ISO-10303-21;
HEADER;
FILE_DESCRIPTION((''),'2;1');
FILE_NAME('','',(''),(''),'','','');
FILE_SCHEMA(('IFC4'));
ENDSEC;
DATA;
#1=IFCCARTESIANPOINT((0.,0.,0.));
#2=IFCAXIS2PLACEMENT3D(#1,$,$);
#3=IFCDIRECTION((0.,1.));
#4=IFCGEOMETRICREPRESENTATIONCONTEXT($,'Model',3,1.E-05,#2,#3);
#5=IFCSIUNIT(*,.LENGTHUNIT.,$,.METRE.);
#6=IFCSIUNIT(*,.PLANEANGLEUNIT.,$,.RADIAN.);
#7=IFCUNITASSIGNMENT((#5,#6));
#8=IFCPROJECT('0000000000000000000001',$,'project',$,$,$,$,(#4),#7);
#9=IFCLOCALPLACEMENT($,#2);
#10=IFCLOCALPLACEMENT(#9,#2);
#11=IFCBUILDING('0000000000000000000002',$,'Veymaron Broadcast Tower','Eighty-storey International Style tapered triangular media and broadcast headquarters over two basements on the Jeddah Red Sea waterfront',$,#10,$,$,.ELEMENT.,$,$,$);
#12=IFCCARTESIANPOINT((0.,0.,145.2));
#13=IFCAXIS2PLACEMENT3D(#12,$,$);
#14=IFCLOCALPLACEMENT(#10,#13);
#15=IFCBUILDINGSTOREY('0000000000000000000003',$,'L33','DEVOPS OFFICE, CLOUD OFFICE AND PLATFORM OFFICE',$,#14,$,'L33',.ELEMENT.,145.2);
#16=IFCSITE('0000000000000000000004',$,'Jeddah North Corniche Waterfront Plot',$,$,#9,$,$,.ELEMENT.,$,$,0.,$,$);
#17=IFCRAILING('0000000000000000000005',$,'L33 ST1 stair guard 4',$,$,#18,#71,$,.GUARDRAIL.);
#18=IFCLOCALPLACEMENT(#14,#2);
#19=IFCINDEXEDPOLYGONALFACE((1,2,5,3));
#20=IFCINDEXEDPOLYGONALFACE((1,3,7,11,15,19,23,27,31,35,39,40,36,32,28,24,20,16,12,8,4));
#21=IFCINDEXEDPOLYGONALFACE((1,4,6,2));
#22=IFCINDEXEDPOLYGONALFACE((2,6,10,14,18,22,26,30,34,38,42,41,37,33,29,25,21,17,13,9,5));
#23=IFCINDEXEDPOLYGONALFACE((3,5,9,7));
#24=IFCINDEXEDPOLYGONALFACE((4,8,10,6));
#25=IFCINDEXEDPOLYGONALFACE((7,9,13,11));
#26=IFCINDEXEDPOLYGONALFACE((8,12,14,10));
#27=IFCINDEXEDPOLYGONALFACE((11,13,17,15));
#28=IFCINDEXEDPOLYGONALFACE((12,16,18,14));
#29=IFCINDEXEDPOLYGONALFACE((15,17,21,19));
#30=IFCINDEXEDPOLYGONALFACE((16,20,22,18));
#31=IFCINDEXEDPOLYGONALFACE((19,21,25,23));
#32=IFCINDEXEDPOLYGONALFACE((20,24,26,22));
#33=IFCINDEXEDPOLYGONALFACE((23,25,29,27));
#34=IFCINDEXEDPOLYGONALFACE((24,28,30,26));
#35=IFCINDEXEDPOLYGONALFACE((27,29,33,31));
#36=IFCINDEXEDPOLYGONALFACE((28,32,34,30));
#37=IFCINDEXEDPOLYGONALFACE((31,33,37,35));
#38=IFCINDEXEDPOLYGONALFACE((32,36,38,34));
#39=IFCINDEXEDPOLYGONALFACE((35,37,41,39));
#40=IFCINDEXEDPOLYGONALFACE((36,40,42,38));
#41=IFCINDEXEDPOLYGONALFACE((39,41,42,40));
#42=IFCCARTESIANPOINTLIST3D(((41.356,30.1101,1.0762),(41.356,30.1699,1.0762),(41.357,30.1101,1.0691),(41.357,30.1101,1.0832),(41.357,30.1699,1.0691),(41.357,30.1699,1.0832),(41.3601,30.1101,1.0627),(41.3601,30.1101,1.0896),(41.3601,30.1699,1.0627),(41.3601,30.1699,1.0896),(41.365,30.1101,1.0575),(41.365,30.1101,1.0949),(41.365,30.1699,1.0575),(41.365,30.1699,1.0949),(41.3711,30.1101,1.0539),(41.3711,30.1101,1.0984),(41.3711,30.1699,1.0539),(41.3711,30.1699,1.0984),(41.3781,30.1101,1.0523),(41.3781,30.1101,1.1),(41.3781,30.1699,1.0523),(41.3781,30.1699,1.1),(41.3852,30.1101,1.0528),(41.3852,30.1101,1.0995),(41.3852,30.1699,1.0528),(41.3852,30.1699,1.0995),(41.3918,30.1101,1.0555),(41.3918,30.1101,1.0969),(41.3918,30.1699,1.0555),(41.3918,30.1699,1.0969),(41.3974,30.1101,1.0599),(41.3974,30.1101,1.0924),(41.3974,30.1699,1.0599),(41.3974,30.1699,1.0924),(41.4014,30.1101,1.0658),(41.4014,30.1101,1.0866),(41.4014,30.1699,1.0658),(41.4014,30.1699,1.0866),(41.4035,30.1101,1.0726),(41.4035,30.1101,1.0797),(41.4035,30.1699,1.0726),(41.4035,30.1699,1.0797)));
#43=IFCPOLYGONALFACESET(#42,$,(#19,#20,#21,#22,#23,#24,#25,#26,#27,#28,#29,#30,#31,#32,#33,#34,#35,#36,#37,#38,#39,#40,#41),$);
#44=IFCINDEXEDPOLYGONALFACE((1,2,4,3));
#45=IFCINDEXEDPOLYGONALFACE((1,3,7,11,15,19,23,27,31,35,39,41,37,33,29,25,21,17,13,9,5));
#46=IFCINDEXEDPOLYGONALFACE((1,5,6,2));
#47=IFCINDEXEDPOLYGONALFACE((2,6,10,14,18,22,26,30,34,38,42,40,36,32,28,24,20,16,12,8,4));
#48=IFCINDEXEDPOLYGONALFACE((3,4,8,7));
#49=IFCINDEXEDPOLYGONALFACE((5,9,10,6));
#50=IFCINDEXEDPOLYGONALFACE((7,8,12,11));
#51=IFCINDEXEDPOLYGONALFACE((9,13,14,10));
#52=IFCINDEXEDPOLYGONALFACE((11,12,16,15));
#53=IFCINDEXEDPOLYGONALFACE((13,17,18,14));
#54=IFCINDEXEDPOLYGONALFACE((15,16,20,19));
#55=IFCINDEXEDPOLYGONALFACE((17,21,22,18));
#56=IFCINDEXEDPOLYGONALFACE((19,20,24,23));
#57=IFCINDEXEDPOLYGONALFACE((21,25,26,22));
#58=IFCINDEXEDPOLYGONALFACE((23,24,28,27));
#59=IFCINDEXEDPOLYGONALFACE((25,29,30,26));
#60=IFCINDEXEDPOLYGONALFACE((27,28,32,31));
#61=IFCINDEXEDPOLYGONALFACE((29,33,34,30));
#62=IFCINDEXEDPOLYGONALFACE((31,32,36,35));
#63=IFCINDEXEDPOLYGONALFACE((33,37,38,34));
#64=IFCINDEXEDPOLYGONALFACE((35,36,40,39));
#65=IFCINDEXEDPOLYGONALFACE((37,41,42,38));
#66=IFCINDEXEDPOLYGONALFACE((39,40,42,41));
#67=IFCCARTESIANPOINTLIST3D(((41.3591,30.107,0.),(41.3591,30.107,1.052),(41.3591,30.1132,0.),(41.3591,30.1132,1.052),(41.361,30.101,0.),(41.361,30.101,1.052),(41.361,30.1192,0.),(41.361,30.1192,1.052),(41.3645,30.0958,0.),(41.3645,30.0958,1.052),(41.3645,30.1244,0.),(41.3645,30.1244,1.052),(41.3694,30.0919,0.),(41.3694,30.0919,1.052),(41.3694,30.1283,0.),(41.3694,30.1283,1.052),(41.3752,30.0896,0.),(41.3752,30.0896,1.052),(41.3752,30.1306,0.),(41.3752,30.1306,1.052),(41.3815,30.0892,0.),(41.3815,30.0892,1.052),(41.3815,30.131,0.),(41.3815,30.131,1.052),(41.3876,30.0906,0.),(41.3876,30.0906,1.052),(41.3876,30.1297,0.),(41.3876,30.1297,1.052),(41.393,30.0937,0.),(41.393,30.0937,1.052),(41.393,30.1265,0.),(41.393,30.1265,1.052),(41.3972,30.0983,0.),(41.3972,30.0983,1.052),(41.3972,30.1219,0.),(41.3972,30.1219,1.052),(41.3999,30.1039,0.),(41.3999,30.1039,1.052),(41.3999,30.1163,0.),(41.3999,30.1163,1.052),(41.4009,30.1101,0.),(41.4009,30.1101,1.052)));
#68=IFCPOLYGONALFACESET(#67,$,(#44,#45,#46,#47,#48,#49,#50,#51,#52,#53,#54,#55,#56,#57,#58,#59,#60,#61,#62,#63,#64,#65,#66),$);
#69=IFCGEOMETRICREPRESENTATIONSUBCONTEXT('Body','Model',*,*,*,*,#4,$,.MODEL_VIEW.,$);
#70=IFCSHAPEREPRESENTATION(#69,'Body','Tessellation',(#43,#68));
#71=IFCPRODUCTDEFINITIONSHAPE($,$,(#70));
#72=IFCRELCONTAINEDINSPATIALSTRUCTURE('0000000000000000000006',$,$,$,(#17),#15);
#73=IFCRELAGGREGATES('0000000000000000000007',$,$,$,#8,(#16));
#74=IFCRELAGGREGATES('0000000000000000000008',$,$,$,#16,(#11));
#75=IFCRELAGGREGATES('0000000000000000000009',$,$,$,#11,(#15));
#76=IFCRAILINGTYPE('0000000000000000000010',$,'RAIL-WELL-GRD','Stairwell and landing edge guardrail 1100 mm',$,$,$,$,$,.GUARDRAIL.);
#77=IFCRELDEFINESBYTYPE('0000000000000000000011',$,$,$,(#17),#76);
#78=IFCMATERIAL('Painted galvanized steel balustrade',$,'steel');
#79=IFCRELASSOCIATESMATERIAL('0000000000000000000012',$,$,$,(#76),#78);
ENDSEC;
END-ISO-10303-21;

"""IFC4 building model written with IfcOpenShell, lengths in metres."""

from ifc_helpers import new_model, si_unit, direction, frame, origin, origin_2d, place, context, subcontext, project, spatial, circle, extrude, material, type_object, element, save


model = new_model("IFC4")

# Units and contexts
model_context = context("Model", 3, precision=1e-05, world=origin(), true_north=direction((0.0, 1.0)))
body_context = subcontext(model_context, "Body", "Model", "MODEL_VIEW")
ifc_project = project(units=[si_unit("LENGTHUNIT", "METRE"), si_unit("PLANEANGLEUNIT", "RADIAN")], contexts=[model_context])

# Site, building, storey
site_placement = place(None, origin())
site = spatial("IfcSite", under=ifc_project, at=site_placement, Name="Jeddah North Corniche Waterfront Plot", CompositionType="ELEMENT", RefElevation=0.0)
building_placement = place(site_placement, origin())
building = spatial("IfcBuilding", under=site, at=building_placement, Name="Veymaron Broadcast Tower", Description="Eighty-storey International Style tapered triangular media and broadcast headquarters over two basements on the Jeddah Red Sea waterfront", CompositionType="ELEMENT")
storey_placement = place(building_placement, frame((0.0, 0.0, 145.2)))
storey = spatial("IfcBuildingStorey", under=building, at=storey_placement, Name="L33", Description="DEVOPS OFFICE, CLOUD OFFICE AND PLATFORM OFFICE", LongName="L33", CompositionType="ELEMENT", Elevation=145.2)

# Railing
ifc_material_1 = material(Name="Painted galvanized steel balustrade", Category="steel")
railing_type_1 = type_object("IfcRailingType", Name="RAIL-WELL-GRD", Description="Stairwell and landing edge guardrail 1100 mm", PredefinedType="GUARDRAIL", material=ifc_material_1)
railing_1_placement = place(storey_placement, frame((41.3799, 30.1101, 0.0)))
element("IfcRailing", 1, at=railing_1_placement, inside=storey, type_object=railing_type_1, Name="L33 ST1 stair guard 4", PredefinedType="GUARDRAIL", context=body_context, shape_type="SweptSolid", body=[
    extrude(circle(Radius=0.0239, at=origin_2d()), frame((0.0, 0.0, 1.0762), z_axis=(0.0, 1.0, 0.0), x_axis=(-1.0, 0.0, 0.0)), (0.0, 0.0, 1.0), 0.0598),
    extrude(circle(Radius=0.021, at=origin_2d()), origin(), (0.0, 0.0, 1.0), 1.052),
])

save(model, "model.ifc")
